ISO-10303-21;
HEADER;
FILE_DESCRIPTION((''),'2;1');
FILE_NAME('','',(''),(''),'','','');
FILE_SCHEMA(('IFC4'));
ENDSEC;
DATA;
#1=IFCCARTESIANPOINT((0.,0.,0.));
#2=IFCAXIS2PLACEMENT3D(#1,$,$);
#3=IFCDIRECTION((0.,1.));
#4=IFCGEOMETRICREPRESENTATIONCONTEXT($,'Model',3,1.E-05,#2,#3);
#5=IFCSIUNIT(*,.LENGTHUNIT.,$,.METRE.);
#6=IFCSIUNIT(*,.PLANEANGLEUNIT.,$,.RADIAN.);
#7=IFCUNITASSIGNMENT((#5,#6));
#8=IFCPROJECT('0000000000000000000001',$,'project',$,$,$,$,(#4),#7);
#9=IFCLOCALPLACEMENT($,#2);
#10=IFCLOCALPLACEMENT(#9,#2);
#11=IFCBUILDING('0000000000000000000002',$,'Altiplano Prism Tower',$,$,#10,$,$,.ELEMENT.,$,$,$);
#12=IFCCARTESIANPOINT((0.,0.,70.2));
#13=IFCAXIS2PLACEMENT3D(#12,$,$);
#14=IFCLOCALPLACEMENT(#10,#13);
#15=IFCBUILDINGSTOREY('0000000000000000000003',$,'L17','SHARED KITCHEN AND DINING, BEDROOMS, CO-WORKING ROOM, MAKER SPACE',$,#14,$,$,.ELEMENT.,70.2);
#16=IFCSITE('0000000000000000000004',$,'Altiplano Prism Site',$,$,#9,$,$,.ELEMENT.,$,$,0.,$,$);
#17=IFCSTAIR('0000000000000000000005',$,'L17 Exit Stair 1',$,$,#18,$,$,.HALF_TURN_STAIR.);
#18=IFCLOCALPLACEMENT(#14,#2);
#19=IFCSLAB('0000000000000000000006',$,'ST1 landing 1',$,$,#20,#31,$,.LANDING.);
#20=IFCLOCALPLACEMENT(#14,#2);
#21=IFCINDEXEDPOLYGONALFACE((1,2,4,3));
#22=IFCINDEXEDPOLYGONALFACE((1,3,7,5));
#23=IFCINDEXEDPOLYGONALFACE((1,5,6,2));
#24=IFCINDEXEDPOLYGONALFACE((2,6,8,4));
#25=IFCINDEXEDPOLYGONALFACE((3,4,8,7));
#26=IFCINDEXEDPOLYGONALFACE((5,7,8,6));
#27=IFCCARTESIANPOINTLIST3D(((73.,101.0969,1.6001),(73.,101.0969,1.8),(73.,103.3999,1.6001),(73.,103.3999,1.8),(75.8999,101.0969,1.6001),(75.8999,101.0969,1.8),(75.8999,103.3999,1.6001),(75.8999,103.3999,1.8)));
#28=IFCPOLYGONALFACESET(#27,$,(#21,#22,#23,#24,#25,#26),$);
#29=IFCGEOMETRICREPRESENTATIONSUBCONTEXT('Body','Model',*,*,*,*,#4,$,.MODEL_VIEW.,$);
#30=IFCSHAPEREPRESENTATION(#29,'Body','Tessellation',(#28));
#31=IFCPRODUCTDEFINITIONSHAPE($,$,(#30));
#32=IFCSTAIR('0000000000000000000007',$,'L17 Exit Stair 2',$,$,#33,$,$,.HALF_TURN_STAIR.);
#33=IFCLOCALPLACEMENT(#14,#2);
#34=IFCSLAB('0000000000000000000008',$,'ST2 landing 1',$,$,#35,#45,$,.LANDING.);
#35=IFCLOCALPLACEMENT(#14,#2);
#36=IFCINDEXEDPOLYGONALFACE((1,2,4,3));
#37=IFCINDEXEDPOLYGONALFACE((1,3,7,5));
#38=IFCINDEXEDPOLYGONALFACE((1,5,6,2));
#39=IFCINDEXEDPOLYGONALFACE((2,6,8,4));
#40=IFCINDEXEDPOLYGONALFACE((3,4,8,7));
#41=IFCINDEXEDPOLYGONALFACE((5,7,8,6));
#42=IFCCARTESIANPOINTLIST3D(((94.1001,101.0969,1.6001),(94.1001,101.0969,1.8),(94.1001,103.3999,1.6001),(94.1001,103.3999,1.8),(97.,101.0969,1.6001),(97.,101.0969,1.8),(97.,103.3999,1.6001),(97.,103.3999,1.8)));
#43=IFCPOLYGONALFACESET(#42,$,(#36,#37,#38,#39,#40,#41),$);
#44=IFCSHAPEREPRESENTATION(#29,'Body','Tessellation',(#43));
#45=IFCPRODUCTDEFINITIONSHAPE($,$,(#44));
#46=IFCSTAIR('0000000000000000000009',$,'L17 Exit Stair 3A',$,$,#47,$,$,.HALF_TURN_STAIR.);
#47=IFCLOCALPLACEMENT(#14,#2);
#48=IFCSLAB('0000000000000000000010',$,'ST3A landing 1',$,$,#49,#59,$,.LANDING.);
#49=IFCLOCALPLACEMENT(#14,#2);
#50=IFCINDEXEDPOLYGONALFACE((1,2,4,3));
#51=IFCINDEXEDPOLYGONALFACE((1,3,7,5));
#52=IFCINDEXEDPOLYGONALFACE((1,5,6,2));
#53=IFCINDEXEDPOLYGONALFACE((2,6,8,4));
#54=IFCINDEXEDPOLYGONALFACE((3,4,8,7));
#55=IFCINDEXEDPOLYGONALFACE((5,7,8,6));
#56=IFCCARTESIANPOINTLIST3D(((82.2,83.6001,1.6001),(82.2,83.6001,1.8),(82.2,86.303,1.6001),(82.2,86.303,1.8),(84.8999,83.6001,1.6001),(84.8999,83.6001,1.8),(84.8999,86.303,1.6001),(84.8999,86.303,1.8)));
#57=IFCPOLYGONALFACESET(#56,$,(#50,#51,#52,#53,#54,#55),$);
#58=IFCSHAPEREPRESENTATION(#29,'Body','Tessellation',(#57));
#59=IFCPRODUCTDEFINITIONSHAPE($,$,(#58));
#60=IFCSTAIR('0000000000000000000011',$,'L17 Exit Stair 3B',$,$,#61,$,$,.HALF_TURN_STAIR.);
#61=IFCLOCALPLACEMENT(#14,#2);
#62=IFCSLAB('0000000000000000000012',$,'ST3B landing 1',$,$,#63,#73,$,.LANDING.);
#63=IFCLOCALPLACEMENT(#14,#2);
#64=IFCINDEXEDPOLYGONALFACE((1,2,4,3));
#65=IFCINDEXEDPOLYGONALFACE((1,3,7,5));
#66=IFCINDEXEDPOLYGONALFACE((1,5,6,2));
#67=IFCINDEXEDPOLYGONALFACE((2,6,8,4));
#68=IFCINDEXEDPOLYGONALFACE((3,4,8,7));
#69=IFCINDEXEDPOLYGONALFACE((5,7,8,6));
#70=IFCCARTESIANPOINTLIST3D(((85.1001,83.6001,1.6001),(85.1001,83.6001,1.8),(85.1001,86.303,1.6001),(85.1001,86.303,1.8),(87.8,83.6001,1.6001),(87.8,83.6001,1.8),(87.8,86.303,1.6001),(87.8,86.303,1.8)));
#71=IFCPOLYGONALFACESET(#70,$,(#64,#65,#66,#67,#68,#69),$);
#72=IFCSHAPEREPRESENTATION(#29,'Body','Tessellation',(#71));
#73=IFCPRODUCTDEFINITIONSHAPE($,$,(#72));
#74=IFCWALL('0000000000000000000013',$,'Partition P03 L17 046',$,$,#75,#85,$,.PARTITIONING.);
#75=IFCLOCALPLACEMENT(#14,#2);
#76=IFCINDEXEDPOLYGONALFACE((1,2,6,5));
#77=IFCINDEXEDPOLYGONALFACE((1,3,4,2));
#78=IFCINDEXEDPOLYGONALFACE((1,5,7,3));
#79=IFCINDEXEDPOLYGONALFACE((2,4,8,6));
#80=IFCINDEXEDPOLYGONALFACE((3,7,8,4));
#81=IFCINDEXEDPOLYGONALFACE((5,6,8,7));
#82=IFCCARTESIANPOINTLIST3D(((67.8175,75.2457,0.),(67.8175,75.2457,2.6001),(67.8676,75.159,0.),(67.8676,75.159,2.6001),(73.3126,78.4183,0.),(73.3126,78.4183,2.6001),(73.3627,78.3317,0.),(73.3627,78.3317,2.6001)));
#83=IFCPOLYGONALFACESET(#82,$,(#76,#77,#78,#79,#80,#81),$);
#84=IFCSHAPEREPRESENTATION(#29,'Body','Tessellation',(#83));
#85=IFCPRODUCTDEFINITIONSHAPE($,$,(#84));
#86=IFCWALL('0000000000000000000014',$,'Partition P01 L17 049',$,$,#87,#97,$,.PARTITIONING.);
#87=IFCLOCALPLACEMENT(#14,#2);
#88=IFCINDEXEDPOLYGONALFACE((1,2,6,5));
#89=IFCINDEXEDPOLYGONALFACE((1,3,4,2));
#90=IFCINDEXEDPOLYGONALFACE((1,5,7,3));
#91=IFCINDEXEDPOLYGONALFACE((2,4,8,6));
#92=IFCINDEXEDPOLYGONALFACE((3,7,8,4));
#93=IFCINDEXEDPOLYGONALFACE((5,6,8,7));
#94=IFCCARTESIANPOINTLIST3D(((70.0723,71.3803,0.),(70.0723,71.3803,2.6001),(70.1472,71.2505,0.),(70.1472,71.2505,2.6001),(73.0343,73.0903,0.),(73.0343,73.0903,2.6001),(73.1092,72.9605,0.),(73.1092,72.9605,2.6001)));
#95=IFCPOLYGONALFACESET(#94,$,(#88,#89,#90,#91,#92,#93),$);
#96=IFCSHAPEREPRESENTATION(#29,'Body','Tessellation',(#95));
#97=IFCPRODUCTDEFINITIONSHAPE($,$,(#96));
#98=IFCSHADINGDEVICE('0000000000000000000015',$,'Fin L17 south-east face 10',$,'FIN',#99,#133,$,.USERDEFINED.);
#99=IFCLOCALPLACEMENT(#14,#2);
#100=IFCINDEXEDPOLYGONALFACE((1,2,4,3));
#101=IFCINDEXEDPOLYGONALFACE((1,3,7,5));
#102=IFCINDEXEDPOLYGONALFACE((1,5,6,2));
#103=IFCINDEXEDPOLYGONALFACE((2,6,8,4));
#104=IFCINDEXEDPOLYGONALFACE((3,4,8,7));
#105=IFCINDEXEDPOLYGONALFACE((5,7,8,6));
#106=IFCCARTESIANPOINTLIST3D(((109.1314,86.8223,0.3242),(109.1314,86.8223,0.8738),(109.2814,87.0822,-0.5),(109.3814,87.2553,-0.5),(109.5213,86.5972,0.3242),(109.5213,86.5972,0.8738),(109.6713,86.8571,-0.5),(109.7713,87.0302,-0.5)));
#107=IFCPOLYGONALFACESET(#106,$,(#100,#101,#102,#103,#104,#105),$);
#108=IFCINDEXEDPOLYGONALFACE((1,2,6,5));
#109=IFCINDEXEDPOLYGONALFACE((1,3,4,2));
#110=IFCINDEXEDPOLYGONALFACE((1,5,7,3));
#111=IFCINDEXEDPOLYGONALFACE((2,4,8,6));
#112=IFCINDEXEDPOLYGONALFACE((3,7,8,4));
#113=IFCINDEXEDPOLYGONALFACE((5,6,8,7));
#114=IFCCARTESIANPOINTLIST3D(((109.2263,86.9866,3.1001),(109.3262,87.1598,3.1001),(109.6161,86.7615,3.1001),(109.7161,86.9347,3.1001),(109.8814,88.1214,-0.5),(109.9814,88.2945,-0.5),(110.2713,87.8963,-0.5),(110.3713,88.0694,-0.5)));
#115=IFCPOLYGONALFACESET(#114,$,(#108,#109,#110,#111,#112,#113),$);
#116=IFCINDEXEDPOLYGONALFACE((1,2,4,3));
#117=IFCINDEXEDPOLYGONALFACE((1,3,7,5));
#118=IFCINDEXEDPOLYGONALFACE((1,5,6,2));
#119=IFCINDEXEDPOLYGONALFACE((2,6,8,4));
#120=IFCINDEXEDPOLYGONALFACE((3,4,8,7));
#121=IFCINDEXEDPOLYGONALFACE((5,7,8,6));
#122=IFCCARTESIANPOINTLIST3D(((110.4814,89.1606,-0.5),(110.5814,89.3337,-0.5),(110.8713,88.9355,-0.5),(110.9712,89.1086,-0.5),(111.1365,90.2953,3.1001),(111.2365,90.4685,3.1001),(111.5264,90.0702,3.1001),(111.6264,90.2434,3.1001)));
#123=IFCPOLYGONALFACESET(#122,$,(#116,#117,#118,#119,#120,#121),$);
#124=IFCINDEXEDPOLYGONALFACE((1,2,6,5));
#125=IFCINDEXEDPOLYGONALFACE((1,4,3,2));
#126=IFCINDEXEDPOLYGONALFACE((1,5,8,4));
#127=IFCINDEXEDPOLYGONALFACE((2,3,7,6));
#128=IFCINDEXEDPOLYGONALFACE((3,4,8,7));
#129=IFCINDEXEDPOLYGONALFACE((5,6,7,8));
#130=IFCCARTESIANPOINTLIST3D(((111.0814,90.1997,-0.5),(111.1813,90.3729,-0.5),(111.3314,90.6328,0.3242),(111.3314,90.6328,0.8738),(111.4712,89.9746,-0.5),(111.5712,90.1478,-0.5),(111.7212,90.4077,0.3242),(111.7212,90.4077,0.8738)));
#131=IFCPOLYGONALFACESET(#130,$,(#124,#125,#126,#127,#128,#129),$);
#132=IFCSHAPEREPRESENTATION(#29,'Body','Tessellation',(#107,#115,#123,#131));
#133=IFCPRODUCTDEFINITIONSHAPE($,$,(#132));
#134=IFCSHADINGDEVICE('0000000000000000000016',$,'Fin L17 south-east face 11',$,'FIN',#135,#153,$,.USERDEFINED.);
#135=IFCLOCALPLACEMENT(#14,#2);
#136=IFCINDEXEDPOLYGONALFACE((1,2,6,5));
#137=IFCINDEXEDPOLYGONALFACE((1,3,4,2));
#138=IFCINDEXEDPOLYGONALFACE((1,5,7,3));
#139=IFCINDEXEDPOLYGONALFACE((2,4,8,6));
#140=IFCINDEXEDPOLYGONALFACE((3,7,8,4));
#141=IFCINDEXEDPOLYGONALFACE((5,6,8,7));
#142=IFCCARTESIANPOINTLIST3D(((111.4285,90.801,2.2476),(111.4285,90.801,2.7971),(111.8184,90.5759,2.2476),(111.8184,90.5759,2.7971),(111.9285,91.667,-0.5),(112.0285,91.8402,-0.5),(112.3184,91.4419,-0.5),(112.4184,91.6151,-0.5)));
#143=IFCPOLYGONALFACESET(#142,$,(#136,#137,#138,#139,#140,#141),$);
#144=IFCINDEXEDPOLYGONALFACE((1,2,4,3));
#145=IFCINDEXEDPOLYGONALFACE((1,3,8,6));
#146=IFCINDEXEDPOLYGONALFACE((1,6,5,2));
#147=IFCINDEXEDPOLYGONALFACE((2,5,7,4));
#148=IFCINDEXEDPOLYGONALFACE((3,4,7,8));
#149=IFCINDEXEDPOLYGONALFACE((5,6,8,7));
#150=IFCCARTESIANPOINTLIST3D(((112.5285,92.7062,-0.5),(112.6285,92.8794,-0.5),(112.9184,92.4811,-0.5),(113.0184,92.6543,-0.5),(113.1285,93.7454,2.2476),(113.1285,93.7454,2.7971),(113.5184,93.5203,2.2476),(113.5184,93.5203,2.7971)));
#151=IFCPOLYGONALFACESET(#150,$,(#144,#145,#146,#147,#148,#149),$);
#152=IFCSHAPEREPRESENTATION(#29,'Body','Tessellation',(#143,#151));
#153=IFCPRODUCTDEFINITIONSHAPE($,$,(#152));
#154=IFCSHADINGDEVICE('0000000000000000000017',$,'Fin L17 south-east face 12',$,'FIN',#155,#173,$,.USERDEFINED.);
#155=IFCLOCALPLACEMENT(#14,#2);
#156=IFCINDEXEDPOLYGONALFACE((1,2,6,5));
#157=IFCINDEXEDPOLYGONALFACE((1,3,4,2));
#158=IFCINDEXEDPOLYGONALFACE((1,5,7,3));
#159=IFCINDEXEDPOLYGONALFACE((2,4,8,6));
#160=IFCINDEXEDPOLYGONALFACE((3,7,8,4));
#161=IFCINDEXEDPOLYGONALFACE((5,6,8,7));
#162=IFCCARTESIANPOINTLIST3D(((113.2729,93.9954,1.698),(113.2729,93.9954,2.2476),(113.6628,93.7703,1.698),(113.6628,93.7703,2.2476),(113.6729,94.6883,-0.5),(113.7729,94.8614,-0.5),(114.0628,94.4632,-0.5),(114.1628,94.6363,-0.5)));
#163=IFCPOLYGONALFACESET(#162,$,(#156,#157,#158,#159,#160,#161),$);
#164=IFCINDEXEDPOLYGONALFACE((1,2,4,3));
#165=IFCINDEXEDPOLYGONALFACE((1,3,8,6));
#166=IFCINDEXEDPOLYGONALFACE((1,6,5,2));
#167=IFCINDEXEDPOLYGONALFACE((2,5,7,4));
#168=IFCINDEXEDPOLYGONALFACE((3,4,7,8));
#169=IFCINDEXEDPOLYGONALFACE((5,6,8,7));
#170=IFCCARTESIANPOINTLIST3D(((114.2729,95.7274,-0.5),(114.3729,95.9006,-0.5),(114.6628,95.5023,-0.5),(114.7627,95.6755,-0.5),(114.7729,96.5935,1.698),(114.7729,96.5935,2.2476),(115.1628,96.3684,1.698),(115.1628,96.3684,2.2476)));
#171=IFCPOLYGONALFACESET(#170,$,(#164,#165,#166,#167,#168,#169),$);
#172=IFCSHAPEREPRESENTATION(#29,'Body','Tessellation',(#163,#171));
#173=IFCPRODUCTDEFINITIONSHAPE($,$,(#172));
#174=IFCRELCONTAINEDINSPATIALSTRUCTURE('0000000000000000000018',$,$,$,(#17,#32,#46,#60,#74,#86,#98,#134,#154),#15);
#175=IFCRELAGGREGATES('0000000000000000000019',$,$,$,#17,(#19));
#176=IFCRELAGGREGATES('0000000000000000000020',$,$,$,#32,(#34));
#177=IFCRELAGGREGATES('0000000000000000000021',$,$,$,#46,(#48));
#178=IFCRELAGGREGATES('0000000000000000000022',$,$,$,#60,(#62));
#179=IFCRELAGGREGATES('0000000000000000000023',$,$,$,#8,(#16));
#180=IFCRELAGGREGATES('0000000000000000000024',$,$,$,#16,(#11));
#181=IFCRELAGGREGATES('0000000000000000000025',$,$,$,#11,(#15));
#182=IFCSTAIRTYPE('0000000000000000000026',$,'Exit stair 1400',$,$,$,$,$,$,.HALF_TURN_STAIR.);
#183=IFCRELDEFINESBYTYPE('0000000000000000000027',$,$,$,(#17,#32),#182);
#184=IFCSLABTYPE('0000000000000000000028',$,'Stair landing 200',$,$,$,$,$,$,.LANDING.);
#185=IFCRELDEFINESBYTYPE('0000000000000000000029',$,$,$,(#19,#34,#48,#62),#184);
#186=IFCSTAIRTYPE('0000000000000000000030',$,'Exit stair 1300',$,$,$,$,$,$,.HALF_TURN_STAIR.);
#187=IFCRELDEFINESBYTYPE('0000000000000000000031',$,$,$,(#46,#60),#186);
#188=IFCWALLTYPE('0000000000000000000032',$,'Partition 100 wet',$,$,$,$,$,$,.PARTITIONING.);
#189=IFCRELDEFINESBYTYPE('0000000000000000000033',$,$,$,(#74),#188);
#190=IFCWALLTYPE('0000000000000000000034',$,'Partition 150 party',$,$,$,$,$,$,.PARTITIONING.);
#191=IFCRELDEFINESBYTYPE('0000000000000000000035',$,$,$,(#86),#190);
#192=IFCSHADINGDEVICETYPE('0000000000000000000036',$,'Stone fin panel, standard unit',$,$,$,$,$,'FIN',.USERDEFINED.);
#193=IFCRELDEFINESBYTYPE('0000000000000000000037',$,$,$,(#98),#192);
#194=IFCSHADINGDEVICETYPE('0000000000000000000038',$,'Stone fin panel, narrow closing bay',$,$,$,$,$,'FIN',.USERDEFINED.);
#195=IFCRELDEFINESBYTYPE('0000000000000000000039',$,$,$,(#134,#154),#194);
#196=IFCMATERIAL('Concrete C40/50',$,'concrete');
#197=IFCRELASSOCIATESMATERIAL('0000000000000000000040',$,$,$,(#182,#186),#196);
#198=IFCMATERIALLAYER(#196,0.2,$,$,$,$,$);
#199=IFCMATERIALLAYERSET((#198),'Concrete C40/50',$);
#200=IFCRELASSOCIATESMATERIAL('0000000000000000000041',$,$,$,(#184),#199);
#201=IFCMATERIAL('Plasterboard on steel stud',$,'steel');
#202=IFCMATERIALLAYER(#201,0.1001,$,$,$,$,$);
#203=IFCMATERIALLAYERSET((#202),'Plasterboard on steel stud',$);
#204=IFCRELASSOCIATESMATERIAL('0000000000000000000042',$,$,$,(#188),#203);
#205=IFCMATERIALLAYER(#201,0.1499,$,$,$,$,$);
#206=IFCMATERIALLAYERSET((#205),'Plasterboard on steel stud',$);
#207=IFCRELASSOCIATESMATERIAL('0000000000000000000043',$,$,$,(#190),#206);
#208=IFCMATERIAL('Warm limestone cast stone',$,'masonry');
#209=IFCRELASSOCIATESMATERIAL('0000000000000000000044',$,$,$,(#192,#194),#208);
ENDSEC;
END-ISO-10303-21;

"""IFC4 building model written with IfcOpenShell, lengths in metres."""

from ifc_helpers import new_model, si_unit, direction, frame, frame_2d, origin, place, context, subcontext, project, spatial, polyline, rectangle, outline, extrude, source, transform, mapped, material, layer, layer_set, type_object, element, aggregate, save


model = new_model("IFC4")

# Units and contexts
model_context = context("Model", 3, precision=1e-05, world=origin(), true_north=direction((0.0, 1.0)))
body_context = subcontext(model_context, "Body", "Model", "MODEL_VIEW")
ifc_project = project(units=[si_unit("LENGTHUNIT", "METRE"), si_unit("PLANEANGLEUNIT", "RADIAN")], contexts=[model_context])

# Site, building, storey
site_placement = place(None, origin())
site = spatial("IfcSite", under=ifc_project, at=site_placement, Name="Altiplano Prism Site", CompositionType="ELEMENT", RefElevation=0.0)
building_placement = place(site_placement, origin())
building = spatial("IfcBuilding", under=site, at=building_placement, Name="Altiplano Prism Tower", CompositionType="ELEMENT")
storey_placement = place(building_placement, frame((0.0, 0.0, 70.2)))
storey = spatial("IfcBuildingStorey", under=building, at=storey_placement, Name="L17", Description="SHARED KITCHEN AND DINING, BEDROOMS, CO-WORKING ROOM, MAKER SPACE", CompositionType="ELEMENT", Elevation=70.2)

# Shared definitions
ifc_material_1 = material(Name="Concrete C40/50", Category="concrete")

# Stairs, slabs
stair_type_1 = type_object("IfcStairType", Name="Exit stair 1400", PredefinedType="HALF_TURN_STAIR", material=ifc_material_1)
stair_1_placement = place(storey_placement, origin())
stair_1 = element("IfcStair", 1, at=stair_1_placement, inside=storey, type_object=stair_type_1, Name="L17 Exit Stair 1", PredefinedType="HALF_TURN_STAIR")
ifc_layer_1 = layer(ifc_material_1, 0.2)
ifc_layer_set_1 = layer_set([ifc_layer_1], Name="Concrete C40/50")
slab_type_1 = type_object("IfcSlabType", Name="Stair landing 200", PredefinedType="LANDING", material=ifc_layer_set_1)
slab_1_placement = place(storey_placement, frame((0.0, 0.0, 1.6001)))
slab_1 = element("IfcSlab", 2, at=slab_1_placement, type_object=slab_type_1, Name="ST1 landing 1", PredefinedType="LANDING", context=body_context, shape_type="SweptSolid", body=[
    extrude(outline(polyline([(75.8999, 101.0969), (75.8999, 103.3999), (73.0, 103.3999), (73.0, 101.0969), (75.8999, 101.0969)])), origin(), (0.0, 0.0, 1.0), 0.2),
])
aggregate(stair_1, [slab_1])
stair_2_placement = place(storey_placement, origin())
stair_2 = element("IfcStair", 3, at=stair_2_placement, inside=storey, type_object=stair_type_1, Name="L17 Exit Stair 2", PredefinedType="HALF_TURN_STAIR")
slab_2_placement = place(storey_placement, frame((0.0, 0.0, 1.6001)))
slab_2 = element("IfcSlab", 4, at=slab_2_placement, type_object=slab_type_1, Name="ST2 landing 1", PredefinedType="LANDING", context=body_context, shape_type="SweptSolid", body=[
    extrude(outline(polyline([(97.0, 101.0969), (97.0, 103.3999), (94.1001, 103.3999), (94.1001, 101.0969), (97.0, 101.0969)])), origin(), (0.0, 0.0, 1.0), 0.2),
])
aggregate(stair_2, [slab_2])
stair_type_2 = type_object("IfcStairType", Name="Exit stair 1300", PredefinedType="HALF_TURN_STAIR", material=ifc_material_1)
stair_3_placement = place(storey_placement, origin())
stair_3 = element("IfcStair", 5, at=stair_3_placement, inside=storey, type_object=stair_type_2, Name="L17 Exit Stair 3A", PredefinedType="HALF_TURN_STAIR")
slab_3_placement = place(storey_placement, frame((0.0, 0.0, 1.6001)))
slab_3 = element("IfcSlab", 6, at=slab_3_placement, type_object=slab_type_1, Name="ST3A landing 1", PredefinedType="LANDING", context=body_context, shape_type="SweptSolid", body=[
    extrude(outline(polyline([(82.2, 86.303), (82.2, 83.6001), (84.8999, 83.6001), (84.8999, 86.303), (82.2, 86.303)])), origin(), (0.0, 0.0, 1.0), 0.2),
])
aggregate(stair_3, [slab_3])
stair_4_placement = place(storey_placement, origin())
stair_4 = element("IfcStair", 7, at=stair_4_placement, inside=storey, type_object=stair_type_2, Name="L17 Exit Stair 3B", PredefinedType="HALF_TURN_STAIR")
slab_4_placement = place(storey_placement, frame((0.0, 0.0, 1.6001)))
slab_4 = element("IfcSlab", 8, at=slab_4_placement, type_object=slab_type_1, Name="ST3B landing 1", PredefinedType="LANDING", context=body_context, shape_type="SweptSolid", body=[
    extrude(outline(polyline([(85.1001, 86.303), (85.1001, 83.6001), (87.8, 83.6001), (87.8, 86.303), (85.1001, 86.303)])), origin(), (0.0, 0.0, 1.0), 0.2),
])
aggregate(stair_4, [slab_4])

# Walls
ifc_material_2 = material(Name="Plasterboard on steel stud", Category="steel")
ifc_layer_2 = layer(ifc_material_2, 0.1001)
ifc_layer_set_2 = layer_set([ifc_layer_2], Name="Plasterboard on steel stud")
wall_type_1 = type_object("IfcWallType", Name="Partition 100 wet", PredefinedType="PARTITIONING", material=ifc_layer_set_2)
wall_1_placement = place(storey_placement, frame((67.8425, 75.2024, 0.0), z_axis=(0.0, 0.0, 1.0), x_axis=(0.866025, 0.5, 0.0)))
element("IfcWall", 9, at=wall_1_placement, inside=storey, type_object=wall_type_1, Name="Partition P03 L17 046", PredefinedType="PARTITIONING", context=body_context, shape_type="SweptSolid", body=[
    extrude(rectangle(XDim=6.3452, YDim=0.1001, at=frame_2d((3.1726, 0.0))), origin(), (0.0, 0.0, 1.0), 2.6001),
])
ifc_layer_3 = layer(ifc_material_2, 0.1499)
ifc_layer_set_3 = layer_set([ifc_layer_3], Name="Plasterboard on steel stud")
wall_type_2 = type_object("IfcWallType", Name="Partition 150 party", PredefinedType="PARTITIONING", material=ifc_layer_set_3)
wall_2_placement = place(storey_placement, frame((70.1099, 71.3154, 0.0), z_axis=(0.0, 0.0, 1.0), x_axis=(0.866038, 0.499978, 0.0)))
element("IfcWall", 10, at=wall_2_placement, inside=storey, type_object=wall_type_2, Name="Partition P01 L17 049", PredefinedType="PARTITIONING", context=body_context, shape_type="SweptSolid", body=[
    extrude(rectangle(XDim=3.4202, YDim=0.1499, at=frame_2d((1.71, 0.0))), origin(), (0.0, 0.0, 1.0), 2.6001),
])

# Shading devices
ifc_material_3 = material(Name="Warm limestone cast stone", Category="masonry")
shading_device_type_1 = type_object("IfcShadingDeviceType", Name="Stone fin panel, standard unit", ElementType="FIN", PredefinedType="USERDEFINED", material=ifc_material_3)
shared_shape_1 = source(origin(), body_context, "Body", "SweptSolid", [
    extrude(outline(polyline([(-2.2, 1.3738), (-2.2, 0.8242), (-1.8999, 0.0), (-1.7, 0.0), (-2.2, 1.3738)])), frame((0.0, -0.1499, 0.0), z_axis=(0.0, -1.0, 0.0), x_axis=(1.0, 0.0, 0.0)), (0.0, 0.0, 1.0), 0.4502),
    extrude(outline(polyline([(-2.0103, 3.6001), (-0.7, 0.0), (-0.5, 0.0), (-1.8103, 3.6001), (-2.0103, 3.6001)])), frame((0.0, -0.1499, 0.0), z_axis=(0.0, -1.0, 0.0), x_axis=(1.0, 0.0, 0.0)), (0.0, 0.0, 1.0), 0.4502),
    extrude(outline(polyline([(1.8103, 3.6001), (0.5, 0.0), (0.7, 0.0), (2.0103, 3.6001), (1.8103, 3.6001)])), frame((0.0, -0.1499, 0.0), z_axis=(0.0, -1.0, 0.0), x_axis=(1.0, 0.0, 0.0)), (0.0, 0.0, 1.0), 0.4502),
    extrude(outline(polyline([(2.2, 0.8242), (2.2, 1.3738), (1.7, 0.0), (1.8999, 0.0), (2.2, 0.8242)])), frame((0.0, -0.1499, 0.0), z_axis=(0.0, -1.0, 0.0), x_axis=(1.0, 0.0, 0.0)), (0.0, 0.0, 1.0), 0.4502),
])
shading_device_1_placement = place(storey_placement, origin())
element("IfcShadingDevice", 11, at=shading_device_1_placement, inside=storey, type_object=shading_device_type_1, Name="Fin L17 south-east face 10", ObjectType="FIN", PredefinedType="USERDEFINED", context=body_context, shape_type="MappedRepresentation", body=[
    mapped(shared_shape_1, transform((110.1016, 88.8025, -0.5), x_axis=(0.5, 0.866025, 0.0), y_axis=(-0.866025, 0.5, 0.0), z_axis=(0.0, 0.0, 1.0))),
])
shading_device_type_2 = type_object("IfcShadingDeviceType", Name="Stone fin panel, narrow closing bay", ElementType="FIN", PredefinedType="USERDEFINED", material=ifc_material_3)
shared_shape_2 = source(origin(), body_context, "Body", "SweptSolid", [
    extrude(outline(polyline([(-1.7, 3.2971), (-1.7, 2.7476), (-0.7, 0.0), (-0.5, 0.0), (-1.7, 3.2971)])), frame((0.0, -0.1499, 0.0), z_axis=(0.0, -1.0, 0.0), x_axis=(1.0, 0.0, 0.0)), (0.0, 0.0, 1.0), 0.4502),
    extrude(outline(polyline([(1.7, 2.7476), (1.7, 3.2971), (0.5, 0.0), (0.7, 0.0), (1.7, 2.7476)])), frame((0.0, -0.1499, 0.0), z_axis=(0.0, -1.0, 0.0), x_axis=(1.0, 0.0, 0.0)), (0.0, 0.0, 1.0), 0.4502),
])
shading_device_2_placement = place(storey_placement, origin())
element("IfcShadingDevice", 12, at=shading_device_2_placement, inside=storey, type_object=shading_device_type_2, Name="Fin L17 south-east face 11", ObjectType="FIN", PredefinedType="USERDEFINED", context=body_context, shape_type="MappedRepresentation", body=[
    mapped(shared_shape_2, transform((112.1487, 92.3481, -0.5), x_axis=(0.5, 0.866025, 0.0), y_axis=(-0.866025, 0.5, 0.0), z_axis=(0.0, 0.0, 1.0))),
])
shared_shape_3 = source(origin(), body_context, "Body", "SweptSolid", [
    extrude(outline(polyline([(-1.5, 2.7476), (-1.5, 2.198), (-0.7, 0.0), (-0.5, 0.0), (-1.5, 2.7476)])), frame((0.0, -0.1499, 0.0), z_axis=(0.0, -1.0, 0.0), x_axis=(1.0, 0.0, 0.0)), (0.0, 0.0, 1.0), 0.4502),
    extrude(outline(polyline([(1.5, 2.198), (1.5, 2.7476), (0.5, 0.0), (0.7, 0.0), (1.5, 2.198)])), frame((0.0, -0.1499, 0.0), z_axis=(0.0, -1.0, 0.0), x_axis=(1.0, 0.0, 0.0)), (0.0, 0.0, 1.0), 0.4502),
])
shading_device_3_placement = place(storey_placement, origin())
element("IfcShadingDevice", 13, at=shading_device_3_placement, inside=storey, type_object=shading_device_type_2, Name="Fin L17 south-east face 12", ObjectType="FIN", PredefinedType="USERDEFINED", context=body_context, shape_type="MappedRepresentation", body=[
    mapped(shared_shape_3, transform((113.8931, 95.3694, -0.5), x_axis=(0.5, 0.866025, 0.0), y_axis=(-0.866025, 0.5, 0.0), z_axis=(0.0, 0.0, 1.0))),
])

save(model, "model.ifc")
